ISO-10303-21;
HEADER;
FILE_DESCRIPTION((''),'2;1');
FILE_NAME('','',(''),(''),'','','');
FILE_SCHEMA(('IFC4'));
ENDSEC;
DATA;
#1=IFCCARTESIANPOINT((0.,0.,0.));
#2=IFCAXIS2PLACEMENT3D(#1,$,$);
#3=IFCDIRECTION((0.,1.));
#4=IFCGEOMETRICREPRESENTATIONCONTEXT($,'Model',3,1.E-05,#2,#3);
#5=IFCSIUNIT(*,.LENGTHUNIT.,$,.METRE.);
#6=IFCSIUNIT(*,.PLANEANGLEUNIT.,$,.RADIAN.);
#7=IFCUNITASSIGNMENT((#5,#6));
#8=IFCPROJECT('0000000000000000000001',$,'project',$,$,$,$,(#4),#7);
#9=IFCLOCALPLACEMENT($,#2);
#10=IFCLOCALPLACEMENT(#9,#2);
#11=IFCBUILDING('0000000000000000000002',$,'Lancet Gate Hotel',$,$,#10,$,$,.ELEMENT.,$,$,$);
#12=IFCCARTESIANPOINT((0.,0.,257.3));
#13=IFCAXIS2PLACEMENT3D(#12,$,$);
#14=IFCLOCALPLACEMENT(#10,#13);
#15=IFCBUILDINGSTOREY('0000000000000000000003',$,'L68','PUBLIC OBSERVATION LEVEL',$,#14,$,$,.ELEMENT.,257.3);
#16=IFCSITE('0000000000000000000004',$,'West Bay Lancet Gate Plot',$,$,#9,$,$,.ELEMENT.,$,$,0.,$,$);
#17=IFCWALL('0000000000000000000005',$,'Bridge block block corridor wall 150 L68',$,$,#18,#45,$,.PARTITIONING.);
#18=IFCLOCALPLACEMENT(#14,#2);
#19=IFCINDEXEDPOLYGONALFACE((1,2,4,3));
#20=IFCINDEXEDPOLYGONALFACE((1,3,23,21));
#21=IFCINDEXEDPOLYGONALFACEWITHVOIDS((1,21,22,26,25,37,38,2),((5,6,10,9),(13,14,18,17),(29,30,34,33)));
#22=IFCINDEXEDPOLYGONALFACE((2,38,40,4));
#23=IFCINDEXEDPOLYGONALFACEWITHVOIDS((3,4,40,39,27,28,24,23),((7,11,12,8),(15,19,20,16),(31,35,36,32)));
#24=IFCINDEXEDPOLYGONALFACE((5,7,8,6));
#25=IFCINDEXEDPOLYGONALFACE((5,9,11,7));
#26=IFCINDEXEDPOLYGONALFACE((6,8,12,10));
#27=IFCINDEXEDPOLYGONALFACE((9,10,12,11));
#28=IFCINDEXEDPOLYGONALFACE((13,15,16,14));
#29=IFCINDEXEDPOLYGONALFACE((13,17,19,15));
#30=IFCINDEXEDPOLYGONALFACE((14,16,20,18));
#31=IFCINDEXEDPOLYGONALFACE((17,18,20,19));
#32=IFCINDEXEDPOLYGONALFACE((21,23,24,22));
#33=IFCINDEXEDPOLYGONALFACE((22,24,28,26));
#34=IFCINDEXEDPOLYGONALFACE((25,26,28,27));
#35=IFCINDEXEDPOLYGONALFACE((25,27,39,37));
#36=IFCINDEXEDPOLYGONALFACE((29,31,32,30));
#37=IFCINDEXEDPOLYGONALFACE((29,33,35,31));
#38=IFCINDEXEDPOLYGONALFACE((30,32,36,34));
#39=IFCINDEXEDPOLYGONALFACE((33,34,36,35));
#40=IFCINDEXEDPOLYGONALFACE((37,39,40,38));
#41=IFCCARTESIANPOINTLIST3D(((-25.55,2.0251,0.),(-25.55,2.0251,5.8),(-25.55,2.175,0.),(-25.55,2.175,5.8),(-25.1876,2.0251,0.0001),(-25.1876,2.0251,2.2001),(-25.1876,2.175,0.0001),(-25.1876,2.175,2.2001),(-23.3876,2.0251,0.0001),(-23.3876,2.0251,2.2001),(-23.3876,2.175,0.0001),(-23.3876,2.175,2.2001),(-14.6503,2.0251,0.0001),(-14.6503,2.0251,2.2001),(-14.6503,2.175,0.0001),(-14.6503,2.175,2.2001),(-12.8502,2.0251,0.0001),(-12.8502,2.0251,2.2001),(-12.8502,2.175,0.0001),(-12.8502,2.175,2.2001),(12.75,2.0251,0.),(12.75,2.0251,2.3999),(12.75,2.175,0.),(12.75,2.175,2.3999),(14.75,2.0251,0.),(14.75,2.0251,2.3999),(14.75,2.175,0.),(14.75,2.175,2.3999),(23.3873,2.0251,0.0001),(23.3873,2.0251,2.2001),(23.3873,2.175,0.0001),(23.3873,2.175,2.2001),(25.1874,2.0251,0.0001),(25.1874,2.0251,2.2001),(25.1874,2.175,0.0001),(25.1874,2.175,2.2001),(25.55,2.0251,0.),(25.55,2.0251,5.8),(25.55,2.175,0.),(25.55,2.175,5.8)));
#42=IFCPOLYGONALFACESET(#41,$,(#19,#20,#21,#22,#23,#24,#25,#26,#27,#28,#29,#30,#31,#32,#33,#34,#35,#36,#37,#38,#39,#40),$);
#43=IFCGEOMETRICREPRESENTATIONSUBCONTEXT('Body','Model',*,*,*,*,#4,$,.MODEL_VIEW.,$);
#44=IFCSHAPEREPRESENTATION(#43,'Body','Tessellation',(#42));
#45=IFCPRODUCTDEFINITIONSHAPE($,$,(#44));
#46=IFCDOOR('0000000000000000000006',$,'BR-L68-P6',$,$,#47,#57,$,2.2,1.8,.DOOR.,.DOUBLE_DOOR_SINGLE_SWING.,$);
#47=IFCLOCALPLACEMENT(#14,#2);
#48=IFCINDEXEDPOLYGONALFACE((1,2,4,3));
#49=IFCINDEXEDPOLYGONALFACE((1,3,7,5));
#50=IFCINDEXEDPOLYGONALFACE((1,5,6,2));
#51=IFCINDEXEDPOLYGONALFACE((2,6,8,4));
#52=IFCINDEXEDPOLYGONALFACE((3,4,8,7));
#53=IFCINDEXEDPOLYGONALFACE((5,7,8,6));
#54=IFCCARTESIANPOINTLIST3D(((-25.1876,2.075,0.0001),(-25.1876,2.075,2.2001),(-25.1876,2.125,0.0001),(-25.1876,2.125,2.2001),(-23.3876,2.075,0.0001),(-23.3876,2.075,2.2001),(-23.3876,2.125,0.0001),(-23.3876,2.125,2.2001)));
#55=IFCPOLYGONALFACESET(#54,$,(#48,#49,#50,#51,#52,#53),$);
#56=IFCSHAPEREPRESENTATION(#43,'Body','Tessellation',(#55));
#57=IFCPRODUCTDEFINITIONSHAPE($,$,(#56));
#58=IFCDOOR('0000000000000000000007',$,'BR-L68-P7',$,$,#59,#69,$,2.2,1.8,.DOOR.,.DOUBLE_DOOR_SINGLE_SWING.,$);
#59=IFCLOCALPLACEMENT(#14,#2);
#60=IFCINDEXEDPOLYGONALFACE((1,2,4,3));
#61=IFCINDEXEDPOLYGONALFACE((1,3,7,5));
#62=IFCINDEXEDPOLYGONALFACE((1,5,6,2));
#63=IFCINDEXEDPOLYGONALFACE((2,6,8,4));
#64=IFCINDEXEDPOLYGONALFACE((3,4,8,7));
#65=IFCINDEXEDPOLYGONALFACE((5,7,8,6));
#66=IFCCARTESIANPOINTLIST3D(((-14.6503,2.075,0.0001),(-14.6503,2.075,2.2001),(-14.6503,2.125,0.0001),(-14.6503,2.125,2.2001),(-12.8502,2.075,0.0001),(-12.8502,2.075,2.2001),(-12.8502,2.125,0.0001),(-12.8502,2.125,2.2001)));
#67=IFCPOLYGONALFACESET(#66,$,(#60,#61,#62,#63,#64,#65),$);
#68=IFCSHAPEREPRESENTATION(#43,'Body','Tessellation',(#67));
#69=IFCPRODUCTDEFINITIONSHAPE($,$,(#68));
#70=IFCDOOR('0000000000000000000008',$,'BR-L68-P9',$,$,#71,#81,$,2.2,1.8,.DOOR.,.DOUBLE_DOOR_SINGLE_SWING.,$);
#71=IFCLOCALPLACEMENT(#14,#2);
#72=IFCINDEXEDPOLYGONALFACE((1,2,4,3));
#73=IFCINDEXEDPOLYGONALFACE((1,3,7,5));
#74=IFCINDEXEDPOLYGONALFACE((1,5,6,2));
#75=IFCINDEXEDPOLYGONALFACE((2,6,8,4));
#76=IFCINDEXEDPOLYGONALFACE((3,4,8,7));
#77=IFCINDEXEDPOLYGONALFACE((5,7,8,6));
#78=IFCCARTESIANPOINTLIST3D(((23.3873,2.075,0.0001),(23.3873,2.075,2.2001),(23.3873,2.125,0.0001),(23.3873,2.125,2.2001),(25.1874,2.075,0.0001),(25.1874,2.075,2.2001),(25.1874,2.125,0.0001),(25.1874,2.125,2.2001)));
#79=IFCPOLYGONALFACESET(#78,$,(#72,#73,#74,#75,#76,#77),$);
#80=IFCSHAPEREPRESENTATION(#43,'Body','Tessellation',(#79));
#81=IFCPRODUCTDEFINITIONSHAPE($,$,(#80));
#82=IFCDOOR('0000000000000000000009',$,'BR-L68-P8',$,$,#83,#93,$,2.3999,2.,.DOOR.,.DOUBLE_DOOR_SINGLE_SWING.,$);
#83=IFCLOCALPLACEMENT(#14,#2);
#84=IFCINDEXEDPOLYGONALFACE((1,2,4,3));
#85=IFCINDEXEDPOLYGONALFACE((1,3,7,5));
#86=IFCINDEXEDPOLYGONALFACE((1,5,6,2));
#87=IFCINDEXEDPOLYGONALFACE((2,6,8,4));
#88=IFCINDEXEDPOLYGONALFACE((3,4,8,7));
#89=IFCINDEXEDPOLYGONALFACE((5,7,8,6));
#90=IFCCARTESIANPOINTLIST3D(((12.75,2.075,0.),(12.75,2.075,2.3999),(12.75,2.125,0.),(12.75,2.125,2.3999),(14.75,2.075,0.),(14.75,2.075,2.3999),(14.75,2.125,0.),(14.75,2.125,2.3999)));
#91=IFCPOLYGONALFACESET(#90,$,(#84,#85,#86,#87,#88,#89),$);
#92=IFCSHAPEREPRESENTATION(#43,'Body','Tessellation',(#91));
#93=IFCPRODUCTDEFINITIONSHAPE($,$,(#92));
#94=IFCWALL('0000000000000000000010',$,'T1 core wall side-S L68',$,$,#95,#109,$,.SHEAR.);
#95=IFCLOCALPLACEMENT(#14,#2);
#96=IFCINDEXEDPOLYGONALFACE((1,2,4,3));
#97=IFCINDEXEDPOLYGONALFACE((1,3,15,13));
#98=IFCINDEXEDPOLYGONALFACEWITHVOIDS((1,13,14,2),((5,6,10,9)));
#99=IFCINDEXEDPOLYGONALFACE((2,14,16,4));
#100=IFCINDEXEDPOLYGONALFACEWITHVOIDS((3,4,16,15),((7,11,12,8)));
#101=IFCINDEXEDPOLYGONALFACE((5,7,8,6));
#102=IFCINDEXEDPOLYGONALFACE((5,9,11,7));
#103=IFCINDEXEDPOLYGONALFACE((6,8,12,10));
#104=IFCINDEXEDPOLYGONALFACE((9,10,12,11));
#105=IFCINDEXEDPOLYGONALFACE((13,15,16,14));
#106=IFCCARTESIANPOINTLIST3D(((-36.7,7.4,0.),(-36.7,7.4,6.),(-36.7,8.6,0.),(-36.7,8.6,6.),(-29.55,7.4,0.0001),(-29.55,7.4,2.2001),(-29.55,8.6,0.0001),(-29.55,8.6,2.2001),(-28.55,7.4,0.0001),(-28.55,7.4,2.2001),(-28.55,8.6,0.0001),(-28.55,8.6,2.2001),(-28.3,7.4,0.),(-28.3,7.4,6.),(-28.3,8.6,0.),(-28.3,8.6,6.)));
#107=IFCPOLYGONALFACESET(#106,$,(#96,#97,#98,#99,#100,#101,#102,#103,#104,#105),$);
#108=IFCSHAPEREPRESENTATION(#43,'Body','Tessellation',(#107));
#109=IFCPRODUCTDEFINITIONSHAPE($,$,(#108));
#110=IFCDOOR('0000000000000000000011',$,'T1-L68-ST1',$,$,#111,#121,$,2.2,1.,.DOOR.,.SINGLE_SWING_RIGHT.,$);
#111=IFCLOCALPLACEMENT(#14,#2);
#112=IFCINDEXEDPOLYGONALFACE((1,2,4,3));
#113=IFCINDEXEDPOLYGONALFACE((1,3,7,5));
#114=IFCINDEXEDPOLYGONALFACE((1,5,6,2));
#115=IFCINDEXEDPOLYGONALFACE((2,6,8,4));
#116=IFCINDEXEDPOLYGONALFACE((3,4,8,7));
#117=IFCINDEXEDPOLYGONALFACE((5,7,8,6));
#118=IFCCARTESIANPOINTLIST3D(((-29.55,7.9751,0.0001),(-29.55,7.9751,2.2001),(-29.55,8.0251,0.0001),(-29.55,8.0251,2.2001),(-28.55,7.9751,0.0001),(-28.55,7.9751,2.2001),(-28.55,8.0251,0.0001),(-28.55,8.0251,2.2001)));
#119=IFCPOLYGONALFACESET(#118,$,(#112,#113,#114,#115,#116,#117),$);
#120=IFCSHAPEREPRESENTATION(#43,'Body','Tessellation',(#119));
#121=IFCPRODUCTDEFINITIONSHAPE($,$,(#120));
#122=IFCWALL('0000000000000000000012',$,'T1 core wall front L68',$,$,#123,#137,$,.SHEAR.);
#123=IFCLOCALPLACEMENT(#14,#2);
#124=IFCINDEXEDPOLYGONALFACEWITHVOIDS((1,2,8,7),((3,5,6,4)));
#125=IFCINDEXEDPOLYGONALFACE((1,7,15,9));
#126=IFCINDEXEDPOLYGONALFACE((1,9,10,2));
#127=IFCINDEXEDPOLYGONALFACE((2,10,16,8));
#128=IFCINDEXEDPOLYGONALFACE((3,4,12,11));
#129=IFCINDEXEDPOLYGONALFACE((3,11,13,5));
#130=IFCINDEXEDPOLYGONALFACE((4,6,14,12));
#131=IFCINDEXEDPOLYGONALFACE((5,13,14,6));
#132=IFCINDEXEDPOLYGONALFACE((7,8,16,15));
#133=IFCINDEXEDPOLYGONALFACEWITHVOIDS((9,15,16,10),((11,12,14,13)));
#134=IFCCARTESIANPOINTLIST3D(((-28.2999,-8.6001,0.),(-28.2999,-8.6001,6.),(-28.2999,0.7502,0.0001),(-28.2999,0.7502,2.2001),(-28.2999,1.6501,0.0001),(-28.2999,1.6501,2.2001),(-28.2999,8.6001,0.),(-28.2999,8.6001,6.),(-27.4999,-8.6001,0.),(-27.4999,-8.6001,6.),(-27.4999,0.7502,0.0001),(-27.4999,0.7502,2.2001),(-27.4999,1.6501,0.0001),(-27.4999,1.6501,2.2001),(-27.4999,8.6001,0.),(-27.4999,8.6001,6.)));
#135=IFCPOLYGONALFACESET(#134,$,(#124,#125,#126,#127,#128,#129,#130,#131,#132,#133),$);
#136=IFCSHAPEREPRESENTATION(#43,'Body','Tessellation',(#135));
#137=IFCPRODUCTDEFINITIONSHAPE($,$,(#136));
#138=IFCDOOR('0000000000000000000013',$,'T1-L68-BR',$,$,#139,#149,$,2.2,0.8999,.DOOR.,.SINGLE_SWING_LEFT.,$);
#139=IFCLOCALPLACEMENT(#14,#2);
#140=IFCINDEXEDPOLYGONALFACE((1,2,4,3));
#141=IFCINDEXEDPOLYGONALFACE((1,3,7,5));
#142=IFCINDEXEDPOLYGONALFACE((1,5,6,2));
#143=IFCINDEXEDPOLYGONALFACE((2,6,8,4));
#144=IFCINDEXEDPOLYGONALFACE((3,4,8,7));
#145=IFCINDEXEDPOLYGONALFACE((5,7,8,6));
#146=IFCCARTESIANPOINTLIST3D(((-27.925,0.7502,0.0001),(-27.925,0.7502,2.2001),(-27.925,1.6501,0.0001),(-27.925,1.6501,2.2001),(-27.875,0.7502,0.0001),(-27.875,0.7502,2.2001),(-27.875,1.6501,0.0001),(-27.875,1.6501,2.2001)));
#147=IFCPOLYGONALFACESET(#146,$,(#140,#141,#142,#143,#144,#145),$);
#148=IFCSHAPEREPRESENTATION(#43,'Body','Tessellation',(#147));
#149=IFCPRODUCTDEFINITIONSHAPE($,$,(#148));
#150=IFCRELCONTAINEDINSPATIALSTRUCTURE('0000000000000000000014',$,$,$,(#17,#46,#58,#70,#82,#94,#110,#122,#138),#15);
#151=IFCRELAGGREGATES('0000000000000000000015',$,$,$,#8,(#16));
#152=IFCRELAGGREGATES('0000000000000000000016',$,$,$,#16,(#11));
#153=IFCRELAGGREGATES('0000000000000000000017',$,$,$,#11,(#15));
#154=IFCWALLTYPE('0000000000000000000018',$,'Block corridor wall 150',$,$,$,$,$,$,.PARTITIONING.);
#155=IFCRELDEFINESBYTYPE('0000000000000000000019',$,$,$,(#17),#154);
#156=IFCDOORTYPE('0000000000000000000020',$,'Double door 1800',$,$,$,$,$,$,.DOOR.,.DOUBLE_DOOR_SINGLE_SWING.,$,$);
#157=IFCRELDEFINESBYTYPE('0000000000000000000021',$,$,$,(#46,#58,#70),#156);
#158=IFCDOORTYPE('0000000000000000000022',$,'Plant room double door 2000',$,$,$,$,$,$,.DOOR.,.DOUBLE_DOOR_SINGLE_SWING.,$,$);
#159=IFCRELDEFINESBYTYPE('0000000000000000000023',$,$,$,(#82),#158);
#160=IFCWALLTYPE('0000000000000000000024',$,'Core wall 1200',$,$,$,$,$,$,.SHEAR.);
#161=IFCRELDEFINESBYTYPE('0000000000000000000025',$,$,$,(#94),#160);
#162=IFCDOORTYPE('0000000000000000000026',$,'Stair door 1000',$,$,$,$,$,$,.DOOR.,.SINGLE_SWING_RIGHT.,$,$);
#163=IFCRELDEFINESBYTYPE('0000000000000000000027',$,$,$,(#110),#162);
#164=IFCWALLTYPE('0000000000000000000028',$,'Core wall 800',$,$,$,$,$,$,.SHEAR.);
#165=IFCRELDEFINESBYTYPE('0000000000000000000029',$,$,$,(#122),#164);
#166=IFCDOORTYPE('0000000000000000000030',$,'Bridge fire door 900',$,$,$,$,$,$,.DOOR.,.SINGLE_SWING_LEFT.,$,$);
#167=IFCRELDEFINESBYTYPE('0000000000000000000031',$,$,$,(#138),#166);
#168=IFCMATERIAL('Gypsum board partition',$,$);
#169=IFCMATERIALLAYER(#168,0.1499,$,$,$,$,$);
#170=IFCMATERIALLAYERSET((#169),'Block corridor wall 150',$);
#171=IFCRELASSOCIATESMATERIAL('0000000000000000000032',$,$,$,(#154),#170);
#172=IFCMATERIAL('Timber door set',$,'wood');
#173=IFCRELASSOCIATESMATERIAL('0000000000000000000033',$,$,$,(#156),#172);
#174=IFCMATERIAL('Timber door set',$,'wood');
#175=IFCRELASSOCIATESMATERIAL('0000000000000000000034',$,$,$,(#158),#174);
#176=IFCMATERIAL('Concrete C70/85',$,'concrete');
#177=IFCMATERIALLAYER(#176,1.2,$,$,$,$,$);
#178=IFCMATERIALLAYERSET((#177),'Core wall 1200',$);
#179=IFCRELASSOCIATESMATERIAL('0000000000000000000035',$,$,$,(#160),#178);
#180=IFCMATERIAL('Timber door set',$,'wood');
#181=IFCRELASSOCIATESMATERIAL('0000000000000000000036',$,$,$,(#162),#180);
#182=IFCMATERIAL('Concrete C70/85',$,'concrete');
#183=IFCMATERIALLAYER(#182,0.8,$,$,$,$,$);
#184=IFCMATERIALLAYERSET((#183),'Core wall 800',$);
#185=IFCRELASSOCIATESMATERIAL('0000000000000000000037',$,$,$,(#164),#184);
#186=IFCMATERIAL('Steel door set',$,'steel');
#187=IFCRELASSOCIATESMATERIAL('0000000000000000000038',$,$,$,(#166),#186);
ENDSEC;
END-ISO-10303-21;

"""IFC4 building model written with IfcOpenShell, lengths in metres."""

from ifc_helpers import new_model, si_unit, direction, frame, frame_2d, origin, place, context, subcontext, project, spatial, rectangle, extrude, material, layer, layer_set, type_object, element, fill, save


model = new_model("IFC4")

# Units and contexts
model_context = context("Model", 3, precision=1e-05, world=origin(), true_north=direction((0.0, 1.0)))
body_context = subcontext(model_context, "Body", "Model", "MODEL_VIEW")
ifc_project = project(units=[si_unit("LENGTHUNIT", "METRE"), si_unit("PLANEANGLEUNIT", "RADIAN")], contexts=[model_context])

# Site, building, storey
site_placement = place(None, origin())
site = spatial("IfcSite", under=ifc_project, at=site_placement, Name="West Bay Lancet Gate Plot", CompositionType="ELEMENT", RefElevation=0.0)
building_placement = place(site_placement, origin())
building = spatial("IfcBuilding", under=site, at=building_placement, Name="Lancet Gate Hotel", CompositionType="ELEMENT")
storey_placement = place(building_placement, frame((0.0, 0.0, 257.3)))
storey = spatial("IfcBuildingStorey", under=building, at=storey_placement, Name="L68", Description="PUBLIC OBSERVATION LEVEL", CompositionType="ELEMENT", Elevation=257.3)

# Wall, openings, doors
ifc_material_1 = material(Name="Gypsum board partition")
ifc_layer_1 = layer(ifc_material_1, 0.1499)
ifc_layer_set_1 = layer_set([ifc_layer_1], Name="Block corridor wall 150")
wall_type_1 = type_object("IfcWallType", Name="Block corridor wall 150", PredefinedType="PARTITIONING", material=ifc_layer_set_1)
ifc_material_2 = material(Name="Timber door set", Category="wood")
door_type_1 = type_object("IfcDoorType", Name="Double door 1800", OperationType="DOUBLE_DOOR_SINGLE_SWING", PredefinedType="DOOR", material=ifc_material_2)
ifc_material_3 = material(Name="Timber door set", Category="wood")
door_type_2 = type_object("IfcDoorType", Name="Plant room double door 2000", OperationType="DOUBLE_DOOR_SINGLE_SWING", PredefinedType="DOOR", material=ifc_material_3)
wall_1_placement = place(storey_placement, frame((-25.55, 2.1001, 0.0), z_axis=(0.0, 0.0, 1.0), x_axis=(1.0, 0.0, 0.0)))
wall_1 = element("IfcWall", 1, at=wall_1_placement, inside=storey, type_object=wall_type_1, Name="Bridge block block corridor wall 150 L68", PredefinedType="PARTITIONING", context=body_context, shape_type="SweptSolid", body=[
    extrude(rectangle(XDim=51.1001, YDim=0.1499, at=frame_2d((25.55, 0.0))), origin(), (0.0, 0.0, 1.0), 5.8),
])
opening_1_placement = place(wall_1_placement, frame((0.3625, 0.0, 0.0)))
opening_1 = element("IfcOpeningElement", 2, at=opening_1_placement, cuts=wall_1, PredefinedType="OPENING", context=body_context, shape_type="SweptSolid", body=[
    extrude(rectangle(XDim=1.8, YDim=2.2, at=frame_2d((0.8999, 1.1001))), frame((0.0, 0.085, 0.0), z_axis=(0.0, -1.0, 0.0), x_axis=(1.0, 0.0, 0.0)), (0.0, 0.0, 1.0), 0.1699),
])
opening_2_placement = place(wall_1_placement, frame((10.8999, 0.0, 0.0)))
opening_2 = element("IfcOpeningElement", 3, at=opening_2_placement, cuts=wall_1, PredefinedType="OPENING", context=body_context, shape_type="SweptSolid", body=[
    extrude(rectangle(XDim=1.8, YDim=2.2, at=frame_2d((0.8999, 1.1001))), frame((0.0, 0.085, 0.0), z_axis=(0.0, -1.0, 0.0), x_axis=(1.0, 0.0, 0.0)), (0.0, 0.0, 1.0), 0.1699),
])
opening_3_placement = place(wall_1_placement, frame((38.3, 0.0, 0.0)))
opening_3 = element("IfcOpeningElement", 4, at=opening_3_placement, cuts=wall_1, PredefinedType="OPENING", context=body_context, shape_type="SweptSolid", body=[
    extrude(rectangle(XDim=2.0, YDim=2.3999, at=frame_2d((1.0, 1.2))), frame((0.0, 0.085, 0.0), z_axis=(0.0, -1.0, 0.0), x_axis=(1.0, 0.0, 0.0)), (0.0, 0.0, 1.0), 0.1699),
])
opening_4_placement = place(wall_1_placement, frame((48.9375, 0.0, 0.0)))
opening_4 = element("IfcOpeningElement", 5, at=opening_4_placement, cuts=wall_1, PredefinedType="OPENING", context=body_context, shape_type="SweptSolid", body=[
    extrude(rectangle(XDim=1.8, YDim=2.2, at=frame_2d((0.8999, 1.1001))), frame((0.0, 0.085, 0.0), z_axis=(0.0, -1.0, 0.0), x_axis=(1.0, 0.0, 0.0)), (0.0, 0.0, 1.0), 0.1699),
])
door_1_placement = place(opening_1_placement, origin())
door_1 = element("IfcDoor", 6, at=door_1_placement, inside=storey, type_object=door_type_1, Name="BR-L68-P6", OperationType="DOUBLE_DOOR_SINGLE_SWING", OverallHeight=2.2, OverallWidth=1.8, PredefinedType="DOOR", context=body_context, shape_type="SweptSolid", body=[
    extrude(rectangle(XDim=1.8, YDim=2.2, at=frame_2d((0.8999, 1.1001))), frame((0.0, 0.0249, 0.0), z_axis=(0.0, -1.0, 0.0), x_axis=(1.0, 0.0, 0.0)), (0.0, 0.0, 1.0), 0.05),
])
fill(opening_1, door_1)
door_2_placement = place(opening_2_placement, origin())
door_2 = element("IfcDoor", 7, at=door_2_placement, inside=storey, type_object=door_type_1, Name="BR-L68-P7", OperationType="DOUBLE_DOOR_SINGLE_SWING", OverallHeight=2.2, OverallWidth=1.8, PredefinedType="DOOR", context=body_context, shape_type="SweptSolid", body=[
    extrude(rectangle(XDim=1.8, YDim=2.2, at=frame_2d((0.8999, 1.1001))), frame((0.0, 0.0249, 0.0), z_axis=(0.0, -1.0, 0.0), x_axis=(1.0, 0.0, 0.0)), (0.0, 0.0, 1.0), 0.05),
])
fill(opening_2, door_2)
door_3_placement = place(opening_4_placement, origin())
door_3 = element("IfcDoor", 8, at=door_3_placement, inside=storey, type_object=door_type_1, Name="BR-L68-P9", OperationType="DOUBLE_DOOR_SINGLE_SWING", OverallHeight=2.2, OverallWidth=1.8, PredefinedType="DOOR", context=body_context, shape_type="SweptSolid", body=[
    extrude(rectangle(XDim=1.8, YDim=2.2, at=frame_2d((0.8999, 1.1001))), frame((0.0, 0.0249, 0.0), z_axis=(0.0, -1.0, 0.0), x_axis=(1.0, 0.0, 0.0)), (0.0, 0.0, 1.0), 0.05),
])
fill(opening_4, door_3)
door_4_placement = place(opening_3_placement, origin())
door_4 = element("IfcDoor", 9, at=door_4_placement, inside=storey, type_object=door_type_2, Name="BR-L68-P8", OperationType="DOUBLE_DOOR_SINGLE_SWING", OverallHeight=2.3999, OverallWidth=2.0, PredefinedType="DOOR", context=body_context, shape_type="SweptSolid", body=[
    extrude(rectangle(XDim=2.0, YDim=2.3999, at=frame_2d((1.0, 1.2))), frame((0.0, 0.0249, 0.0), z_axis=(0.0, -1.0, 0.0), x_axis=(1.0, 0.0, 0.0)), (0.0, 0.0, 1.0), 0.05),
])
fill(opening_3, door_4)

# Walls, openings, doors
ifc_material_4 = material(Name="Concrete C70/85", Category="concrete")
ifc_layer_2 = layer(ifc_material_4, 1.2)
ifc_layer_set_2 = layer_set([ifc_layer_2], Name="Core wall 1200")
wall_type_2 = type_object("IfcWallType", Name="Core wall 1200", PredefinedType="SHEAR", material=ifc_layer_set_2)
wall_2_placement = place(storey_placement, frame((-28.3, 8.0, 0.0), z_axis=(0.0, 0.0, 1.0), x_axis=(-1.0, 0.0, 0.0)))
wall_2 = element("IfcWall", 10, at=wall_2_placement, inside=storey, type_object=wall_type_2, Name="T1 core wall side-S L68", PredefinedType="SHEAR", context=body_context, shape_type="SweptSolid", body=[
    extrude(rectangle(XDim=8.3999, YDim=1.2, at=frame_2d((4.2, 0.0))), origin(), (0.0, 0.0, 1.0), 6.0),
])
opening_5_placement = place(wall_2_placement, frame((0.25, 0.0, 0.0)))
opening_5 = element("IfcOpeningElement", 11, at=opening_5_placement, cuts=wall_2, PredefinedType="OPENING", context=body_context, shape_type="SweptSolid", body=[
    extrude(rectangle(XDim=1.0, YDim=2.2, at=frame_2d((0.5, 1.1001))), frame((0.0, 0.6099, 0.0), z_axis=(0.0, -1.0, 0.0), x_axis=(1.0, 0.0, 0.0)), (0.0, 0.0, 1.0), 1.22),
])
ifc_material_5 = material(Name="Timber door set", Category="wood")
door_type_3 = type_object("IfcDoorType", Name="Stair door 1000", OperationType="SINGLE_SWING_RIGHT", PredefinedType="DOOR", material=ifc_material_5)
door_5_placement = place(opening_5_placement, origin())
door_5 = element("IfcDoor", 12, at=door_5_placement, inside=storey, type_object=door_type_3, Name="T1-L68-ST1", OperationType="SINGLE_SWING_RIGHT", OverallHeight=2.2, OverallWidth=1.0, PredefinedType="DOOR", context=body_context, shape_type="SweptSolid", body=[
    extrude(rectangle(XDim=1.0, YDim=2.2, at=frame_2d((0.5, 1.1001))), frame((0.0, 0.0249, 0.0), z_axis=(0.0, -1.0, 0.0), x_axis=(1.0, 0.0, 0.0)), (0.0, 0.0, 1.0), 0.05),
])
fill(opening_5, door_5)
ifc_material_6 = material(Name="Concrete C70/85", Category="concrete")
ifc_layer_3 = layer(ifc_material_6, 0.8)
ifc_layer_set_3 = layer_set([ifc_layer_3], Name="Core wall 800")
wall_type_3 = type_object("IfcWallType", Name="Core wall 800", PredefinedType="SHEAR", material=ifc_layer_set_3)
wall_3_placement = place(storey_placement, frame((-27.8999, 8.6001, 0.0), z_axis=(0.0, 0.0, 1.0), x_axis=(0.0, -1.0, 0.0)))
wall_3 = element("IfcWall", 13, at=wall_3_placement, inside=storey, type_object=wall_type_3, Name="T1 core wall front L68", PredefinedType="SHEAR", context=body_context, shape_type="SweptSolid", body=[
    extrude(rectangle(XDim=17.2002, YDim=0.8, at=frame_2d((8.6001, 0.0))), origin(), (0.0, 0.0, 1.0), 6.0),
])
opening_6_placement = place(wall_3_placement, frame((6.95, 0.0, 0.0)))
opening_6 = element("IfcOpeningElement", 14, at=opening_6_placement, cuts=wall_3, PredefinedType="OPENING", context=body_context, shape_type="SweptSolid", body=[
    extrude(rectangle(XDim=0.8999, YDim=2.2, at=frame_2d((0.45, 1.1001))), frame((0.0, 0.4099, 0.0), z_axis=(0.0, -1.0, 0.0), x_axis=(1.0, 0.0, 0.0)), (0.0, 0.0, 1.0), 0.8201),
])
ifc_material_7 = material(Name="Steel door set", Category="steel")
door_type_4 = type_object("IfcDoorType", Name="Bridge fire door 900", OperationType="SINGLE_SWING_LEFT", PredefinedType="DOOR", material=ifc_material_7)
door_6_placement = place(opening_6_placement, origin())
door_6 = element("IfcDoor", 15, at=door_6_placement, inside=storey, type_object=door_type_4, Name="T1-L68-BR", OperationType="SINGLE_SWING_LEFT", OverallHeight=2.2, OverallWidth=0.8999, PredefinedType="DOOR", context=body_context, shape_type="SweptSolid", body=[
    extrude(rectangle(XDim=0.8999, YDim=2.2, at=frame_2d((0.45, 1.1001))), frame((0.0, 0.0249, 0.0), z_axis=(0.0, -1.0, 0.0), x_axis=(1.0, 0.0, 0.0)), (0.0, 0.0, 1.0), 0.05),
])
fill(opening_6, door_6)

save(model, "model.ifc")
